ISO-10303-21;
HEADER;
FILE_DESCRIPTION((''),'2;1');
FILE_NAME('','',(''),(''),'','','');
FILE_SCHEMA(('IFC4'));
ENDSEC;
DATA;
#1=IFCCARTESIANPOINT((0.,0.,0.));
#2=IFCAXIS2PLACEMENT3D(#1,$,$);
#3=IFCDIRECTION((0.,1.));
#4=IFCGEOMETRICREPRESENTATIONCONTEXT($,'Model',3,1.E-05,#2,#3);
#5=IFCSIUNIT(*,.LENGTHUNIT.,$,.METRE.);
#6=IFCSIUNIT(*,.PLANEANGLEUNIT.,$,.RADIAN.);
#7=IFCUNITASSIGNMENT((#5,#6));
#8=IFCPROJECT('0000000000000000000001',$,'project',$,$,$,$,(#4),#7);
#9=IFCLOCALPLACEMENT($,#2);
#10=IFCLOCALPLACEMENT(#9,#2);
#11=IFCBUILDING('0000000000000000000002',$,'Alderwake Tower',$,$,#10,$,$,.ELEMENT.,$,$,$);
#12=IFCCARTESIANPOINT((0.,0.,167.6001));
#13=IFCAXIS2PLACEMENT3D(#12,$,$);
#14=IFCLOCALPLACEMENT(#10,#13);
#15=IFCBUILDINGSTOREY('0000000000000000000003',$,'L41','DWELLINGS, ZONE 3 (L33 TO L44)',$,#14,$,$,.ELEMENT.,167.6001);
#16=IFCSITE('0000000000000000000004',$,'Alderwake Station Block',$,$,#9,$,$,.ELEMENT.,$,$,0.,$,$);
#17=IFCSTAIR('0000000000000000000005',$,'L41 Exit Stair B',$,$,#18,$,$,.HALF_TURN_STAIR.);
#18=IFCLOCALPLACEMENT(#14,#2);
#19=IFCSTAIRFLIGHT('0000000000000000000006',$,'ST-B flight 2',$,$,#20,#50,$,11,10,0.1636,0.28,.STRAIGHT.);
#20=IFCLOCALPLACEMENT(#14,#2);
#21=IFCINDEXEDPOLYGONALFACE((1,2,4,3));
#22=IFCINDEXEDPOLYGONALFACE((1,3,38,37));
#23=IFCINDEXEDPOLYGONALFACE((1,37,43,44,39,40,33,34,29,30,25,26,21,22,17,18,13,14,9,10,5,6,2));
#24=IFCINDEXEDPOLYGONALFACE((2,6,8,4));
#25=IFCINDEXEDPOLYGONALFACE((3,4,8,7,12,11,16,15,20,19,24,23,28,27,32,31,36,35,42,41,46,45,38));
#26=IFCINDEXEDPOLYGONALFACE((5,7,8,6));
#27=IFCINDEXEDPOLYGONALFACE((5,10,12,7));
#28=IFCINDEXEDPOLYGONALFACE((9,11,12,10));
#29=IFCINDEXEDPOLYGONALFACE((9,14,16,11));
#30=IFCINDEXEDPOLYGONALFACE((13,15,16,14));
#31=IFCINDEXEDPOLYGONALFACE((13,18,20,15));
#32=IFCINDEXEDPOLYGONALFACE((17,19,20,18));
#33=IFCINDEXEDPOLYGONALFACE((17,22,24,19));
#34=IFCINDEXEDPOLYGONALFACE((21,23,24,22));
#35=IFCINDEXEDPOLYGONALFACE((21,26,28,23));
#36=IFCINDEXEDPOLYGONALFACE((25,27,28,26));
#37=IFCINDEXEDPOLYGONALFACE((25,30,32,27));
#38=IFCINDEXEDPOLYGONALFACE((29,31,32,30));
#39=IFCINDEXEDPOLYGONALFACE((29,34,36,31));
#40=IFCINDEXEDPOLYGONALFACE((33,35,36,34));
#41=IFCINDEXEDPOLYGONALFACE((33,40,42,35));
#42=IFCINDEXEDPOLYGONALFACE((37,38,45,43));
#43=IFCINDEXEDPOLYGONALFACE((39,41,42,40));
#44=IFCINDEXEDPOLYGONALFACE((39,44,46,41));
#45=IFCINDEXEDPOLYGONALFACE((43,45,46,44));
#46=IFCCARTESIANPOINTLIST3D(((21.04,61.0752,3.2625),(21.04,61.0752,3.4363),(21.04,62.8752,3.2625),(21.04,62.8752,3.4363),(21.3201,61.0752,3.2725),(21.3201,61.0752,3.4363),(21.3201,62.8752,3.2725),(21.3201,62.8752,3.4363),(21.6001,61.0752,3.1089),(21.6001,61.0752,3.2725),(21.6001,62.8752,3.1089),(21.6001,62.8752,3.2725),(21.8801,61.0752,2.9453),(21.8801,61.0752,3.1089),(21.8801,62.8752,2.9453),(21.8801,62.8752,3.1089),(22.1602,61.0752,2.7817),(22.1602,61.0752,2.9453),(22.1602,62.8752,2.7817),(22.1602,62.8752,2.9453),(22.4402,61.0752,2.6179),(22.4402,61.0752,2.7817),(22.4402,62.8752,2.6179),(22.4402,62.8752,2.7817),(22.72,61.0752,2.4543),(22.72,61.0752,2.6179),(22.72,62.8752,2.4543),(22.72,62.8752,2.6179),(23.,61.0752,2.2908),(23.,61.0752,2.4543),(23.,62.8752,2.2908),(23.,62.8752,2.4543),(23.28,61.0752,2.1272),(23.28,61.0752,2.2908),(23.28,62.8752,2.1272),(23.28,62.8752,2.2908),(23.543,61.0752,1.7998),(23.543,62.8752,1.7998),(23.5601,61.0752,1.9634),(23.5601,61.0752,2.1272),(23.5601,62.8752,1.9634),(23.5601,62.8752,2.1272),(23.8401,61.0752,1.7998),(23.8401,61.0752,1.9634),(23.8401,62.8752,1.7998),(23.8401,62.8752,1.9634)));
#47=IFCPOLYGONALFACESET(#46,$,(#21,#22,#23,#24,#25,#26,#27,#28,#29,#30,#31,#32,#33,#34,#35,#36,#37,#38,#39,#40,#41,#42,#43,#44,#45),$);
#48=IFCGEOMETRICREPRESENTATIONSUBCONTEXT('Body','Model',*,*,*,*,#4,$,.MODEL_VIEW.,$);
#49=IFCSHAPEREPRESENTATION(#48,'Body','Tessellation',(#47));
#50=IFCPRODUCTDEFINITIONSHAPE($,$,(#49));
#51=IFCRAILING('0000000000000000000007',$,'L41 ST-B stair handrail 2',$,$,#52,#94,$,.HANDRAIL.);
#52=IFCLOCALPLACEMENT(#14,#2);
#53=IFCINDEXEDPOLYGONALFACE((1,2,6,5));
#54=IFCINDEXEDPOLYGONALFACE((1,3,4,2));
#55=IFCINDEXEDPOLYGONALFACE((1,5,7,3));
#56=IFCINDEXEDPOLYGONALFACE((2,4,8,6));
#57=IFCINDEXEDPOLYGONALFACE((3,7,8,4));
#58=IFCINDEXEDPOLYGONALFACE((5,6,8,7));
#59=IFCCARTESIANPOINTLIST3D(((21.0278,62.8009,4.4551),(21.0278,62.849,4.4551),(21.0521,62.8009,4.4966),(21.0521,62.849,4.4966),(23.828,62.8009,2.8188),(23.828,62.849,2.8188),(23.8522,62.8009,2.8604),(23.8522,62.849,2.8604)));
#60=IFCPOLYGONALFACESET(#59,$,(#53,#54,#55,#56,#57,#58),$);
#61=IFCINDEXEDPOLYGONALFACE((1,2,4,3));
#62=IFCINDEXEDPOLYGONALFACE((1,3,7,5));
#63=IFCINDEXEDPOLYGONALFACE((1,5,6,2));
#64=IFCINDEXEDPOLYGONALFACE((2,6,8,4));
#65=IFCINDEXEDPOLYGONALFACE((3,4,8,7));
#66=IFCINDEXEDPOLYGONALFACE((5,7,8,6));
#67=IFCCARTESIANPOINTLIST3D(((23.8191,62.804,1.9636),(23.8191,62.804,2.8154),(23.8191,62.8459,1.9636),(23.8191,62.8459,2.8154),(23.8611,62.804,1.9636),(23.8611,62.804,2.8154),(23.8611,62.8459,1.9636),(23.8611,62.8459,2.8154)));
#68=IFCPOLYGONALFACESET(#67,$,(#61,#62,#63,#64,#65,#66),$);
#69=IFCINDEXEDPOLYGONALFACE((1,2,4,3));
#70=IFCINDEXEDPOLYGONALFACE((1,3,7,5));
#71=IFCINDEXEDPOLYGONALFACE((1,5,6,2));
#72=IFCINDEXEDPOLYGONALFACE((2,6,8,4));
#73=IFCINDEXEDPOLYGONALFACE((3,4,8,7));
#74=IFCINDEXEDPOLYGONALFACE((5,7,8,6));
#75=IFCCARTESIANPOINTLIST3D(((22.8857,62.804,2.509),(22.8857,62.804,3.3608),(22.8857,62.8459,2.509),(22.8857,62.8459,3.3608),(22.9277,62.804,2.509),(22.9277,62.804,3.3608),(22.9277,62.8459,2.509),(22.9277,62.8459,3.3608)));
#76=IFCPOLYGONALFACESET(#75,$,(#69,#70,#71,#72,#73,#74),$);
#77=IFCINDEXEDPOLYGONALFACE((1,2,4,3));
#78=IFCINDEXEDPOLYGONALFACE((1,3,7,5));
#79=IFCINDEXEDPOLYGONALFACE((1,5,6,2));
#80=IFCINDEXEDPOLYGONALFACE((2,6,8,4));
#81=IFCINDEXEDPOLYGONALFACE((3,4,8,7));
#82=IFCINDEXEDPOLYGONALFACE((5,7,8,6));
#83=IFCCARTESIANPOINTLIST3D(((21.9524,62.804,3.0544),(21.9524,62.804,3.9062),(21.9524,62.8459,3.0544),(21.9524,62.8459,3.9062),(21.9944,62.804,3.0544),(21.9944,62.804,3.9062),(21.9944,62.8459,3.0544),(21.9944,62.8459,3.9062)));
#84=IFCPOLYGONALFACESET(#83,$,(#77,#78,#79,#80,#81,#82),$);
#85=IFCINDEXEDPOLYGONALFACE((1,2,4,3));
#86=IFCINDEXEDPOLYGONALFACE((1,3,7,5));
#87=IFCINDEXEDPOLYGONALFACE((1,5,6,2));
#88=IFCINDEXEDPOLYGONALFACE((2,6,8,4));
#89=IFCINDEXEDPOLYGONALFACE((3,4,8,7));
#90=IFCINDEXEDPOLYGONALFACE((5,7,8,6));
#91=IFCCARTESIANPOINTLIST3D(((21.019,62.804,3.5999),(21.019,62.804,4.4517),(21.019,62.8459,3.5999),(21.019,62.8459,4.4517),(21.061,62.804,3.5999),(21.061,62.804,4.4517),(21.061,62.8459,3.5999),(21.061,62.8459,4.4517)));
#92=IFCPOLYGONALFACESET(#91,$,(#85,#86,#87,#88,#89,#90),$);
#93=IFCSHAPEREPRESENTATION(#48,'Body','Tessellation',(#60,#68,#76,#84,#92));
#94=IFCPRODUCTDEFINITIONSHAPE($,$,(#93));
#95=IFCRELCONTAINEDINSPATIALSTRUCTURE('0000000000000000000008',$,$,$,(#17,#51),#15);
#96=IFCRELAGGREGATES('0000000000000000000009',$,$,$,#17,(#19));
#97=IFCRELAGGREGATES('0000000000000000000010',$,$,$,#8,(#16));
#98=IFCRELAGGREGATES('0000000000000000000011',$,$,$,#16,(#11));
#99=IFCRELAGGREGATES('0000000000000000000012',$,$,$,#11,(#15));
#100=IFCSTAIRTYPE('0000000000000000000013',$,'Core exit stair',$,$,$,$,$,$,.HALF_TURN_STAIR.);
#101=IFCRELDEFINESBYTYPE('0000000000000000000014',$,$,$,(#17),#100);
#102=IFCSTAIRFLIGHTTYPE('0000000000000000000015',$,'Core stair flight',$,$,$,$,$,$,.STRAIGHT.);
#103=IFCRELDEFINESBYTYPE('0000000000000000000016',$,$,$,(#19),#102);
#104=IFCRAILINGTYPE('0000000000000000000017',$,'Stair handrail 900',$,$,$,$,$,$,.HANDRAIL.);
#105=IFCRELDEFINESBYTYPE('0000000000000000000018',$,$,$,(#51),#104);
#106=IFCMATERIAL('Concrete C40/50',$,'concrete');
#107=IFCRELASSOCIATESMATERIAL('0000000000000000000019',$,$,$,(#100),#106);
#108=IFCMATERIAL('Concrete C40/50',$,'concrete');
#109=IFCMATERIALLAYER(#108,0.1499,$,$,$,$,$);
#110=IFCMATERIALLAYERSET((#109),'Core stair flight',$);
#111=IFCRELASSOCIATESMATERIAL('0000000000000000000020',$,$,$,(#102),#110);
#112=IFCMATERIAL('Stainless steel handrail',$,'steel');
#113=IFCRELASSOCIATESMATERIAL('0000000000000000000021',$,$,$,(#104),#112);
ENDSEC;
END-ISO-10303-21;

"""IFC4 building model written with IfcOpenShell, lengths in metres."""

from ifc_helpers import new_model, si_unit, direction, frame, origin, origin_2d, place, context, subcontext, project, spatial, polyline, rectangle, outline, extrude, material, layer, layer_set, type_object, element, aggregate, save


model = new_model("IFC4")

# Units and contexts
model_context = context("Model", 3, precision=1e-05, world=origin(), true_north=direction((0.0, 1.0)))
body_context = subcontext(model_context, "Body", "Model", "MODEL_VIEW")
ifc_project = project(units=[si_unit("LENGTHUNIT", "METRE"), si_unit("PLANEANGLEUNIT", "RADIAN")], contexts=[model_context])

# Site, building, storey
site_placement = place(None, origin())
site = spatial("IfcSite", under=ifc_project, at=site_placement, Name="Alderwake Station Block", CompositionType="ELEMENT", RefElevation=0.0)
building_placement = place(site_placement, origin())
building = spatial("IfcBuilding", under=site, at=building_placement, Name="Alderwake Tower", CompositionType="ELEMENT")
storey_placement = place(building_placement, frame((0.0, 0.0, 167.6001)))
storey = spatial("IfcBuildingStorey", under=building, at=storey_placement, Name="L41", Description="DWELLINGS, ZONE 3 (L33 TO L44)", CompositionType="ELEMENT", Elevation=167.6001)

# Stair, stair flight
ifc_material_1 = material(Name="Concrete C40/50", Category="concrete")
stair_type = type_object("IfcStairType", Name="Core exit stair", PredefinedType="HALF_TURN_STAIR", material=ifc_material_1)
stair_placement = place(storey_placement, origin())
stair = element("IfcStair", 1, at=stair_placement, inside=storey, type_object=stair_type, Name="L41 Exit Stair B", PredefinedType="HALF_TURN_STAIR")
ifc_material_2 = material(Name="Concrete C40/50", Category="concrete")
ifc_layer_1 = layer(ifc_material_2, 0.1499)
ifc_layer_set_1 = layer_set([ifc_layer_1], Name="Core stair flight")
stair_flight_type = type_object("IfcStairFlightType", Name="Core stair flight", PredefinedType="STRAIGHT", material=ifc_layer_set_1)
stair_flight_placement = place(storey_placement, frame((23.8401, 61.9751, 1.7998), z_axis=(0.0, 0.0, 1.0), x_axis=(-1.0, 0.0, 0.0)))
stair_flight = element("IfcStairFlight", 2, at=stair_flight_placement, type_object=stair_flight_type, Name="ST-B flight 2", NumberOfRisers=11, NumberOfTreads=10, PredefinedType="STRAIGHT", RiserHeight=0.1636, TreadLength=0.28, context=body_context, shape_type="SweptSolid", body=[
    extrude(outline(polyline([(0.0, 0.0), (0.0, 0.1636), (0.28, 0.1636), (0.28, 0.3274), (0.5601, 0.3274), (0.5601, 0.491), (0.8401, 0.491), (0.8401, 0.6545), (1.1201, 0.6545), (1.1201, 0.8181), (1.3999, 0.8181), (1.3999, 0.9819), (1.6799, 0.9819), (1.6799, 1.1455), (1.96, 1.1455), (1.96, 1.3091), (2.24, 1.3091), (2.24, 1.4727), (2.52, 1.4727), (2.52, 1.6365), (2.8, 1.6365), (2.8, 1.8), (2.8, 1.4626), (0.2971, 0.0), (0.0, 0.0)])), frame((0.0, 0.8999, 0.0), z_axis=(0.0, -1.0, 0.0), x_axis=(1.0, 0.0, 0.0)), (0.0, 0.0, 1.0), 1.8),
])
aggregate(stair, [stair_flight])

# Railing
ifc_material_3 = material(Name="Stainless steel handrail", Category="steel")
railing_type = type_object("IfcRailingType", Name="Stair handrail 900", PredefinedType="HANDRAIL", material=ifc_material_3)
railing_placement = place(storey_placement, frame((23.8401, 62.825, 1.9636)))
element("IfcRailing", 3, at=railing_placement, inside=storey, type_object=railing_type, Name="L41 ST-B stair handrail 2", PredefinedType="HANDRAIL", context=body_context, shape_type="SweptSolid", body=[
    extrude(rectangle(XDim=0.0481, YDim=0.0481, at=origin_2d()), frame((0.0, 0.0, 0.876), z_axis=(-0.863394, 0.0, 0.504531), x_axis=(0.0, -1.0, 0.0)), (0.0, 0.0, 1.0), 3.2432),
    extrude(rectangle(XDim=0.042, YDim=0.042, at=origin_2d()), frame((0.0, 0.0, 0.0), z_axis=(0.0, 0.0, 1.0), x_axis=(-1.0, 0.0, 0.0)), (0.0, 0.0, 1.0), 0.8518),
    extrude(rectangle(XDim=0.042, YDim=0.042, at=origin_2d()), frame((-0.9333, 0.0, 0.5454), z_axis=(0.0, 0.0, 1.0), x_axis=(-1.0, 0.0, 0.0)), (0.0, 0.0, 1.0), 0.8518),
    extrude(rectangle(XDim=0.042, YDim=0.042, at=origin_2d()), frame((-1.8667, 0.0, 1.0908), z_axis=(0.0, 0.0, 1.0), x_axis=(-1.0, 0.0, 0.0)), (0.0, 0.0, 1.0), 0.8518),
    extrude(rectangle(XDim=0.042, YDim=0.042, at=origin_2d()), frame((-2.8, 0.0, 1.6362), z_axis=(0.0, 0.0, 1.0), x_axis=(-1.0, 0.0, 0.0)), (0.0, 0.0, 1.0), 0.8518),
])

save(model, "model.ifc")
